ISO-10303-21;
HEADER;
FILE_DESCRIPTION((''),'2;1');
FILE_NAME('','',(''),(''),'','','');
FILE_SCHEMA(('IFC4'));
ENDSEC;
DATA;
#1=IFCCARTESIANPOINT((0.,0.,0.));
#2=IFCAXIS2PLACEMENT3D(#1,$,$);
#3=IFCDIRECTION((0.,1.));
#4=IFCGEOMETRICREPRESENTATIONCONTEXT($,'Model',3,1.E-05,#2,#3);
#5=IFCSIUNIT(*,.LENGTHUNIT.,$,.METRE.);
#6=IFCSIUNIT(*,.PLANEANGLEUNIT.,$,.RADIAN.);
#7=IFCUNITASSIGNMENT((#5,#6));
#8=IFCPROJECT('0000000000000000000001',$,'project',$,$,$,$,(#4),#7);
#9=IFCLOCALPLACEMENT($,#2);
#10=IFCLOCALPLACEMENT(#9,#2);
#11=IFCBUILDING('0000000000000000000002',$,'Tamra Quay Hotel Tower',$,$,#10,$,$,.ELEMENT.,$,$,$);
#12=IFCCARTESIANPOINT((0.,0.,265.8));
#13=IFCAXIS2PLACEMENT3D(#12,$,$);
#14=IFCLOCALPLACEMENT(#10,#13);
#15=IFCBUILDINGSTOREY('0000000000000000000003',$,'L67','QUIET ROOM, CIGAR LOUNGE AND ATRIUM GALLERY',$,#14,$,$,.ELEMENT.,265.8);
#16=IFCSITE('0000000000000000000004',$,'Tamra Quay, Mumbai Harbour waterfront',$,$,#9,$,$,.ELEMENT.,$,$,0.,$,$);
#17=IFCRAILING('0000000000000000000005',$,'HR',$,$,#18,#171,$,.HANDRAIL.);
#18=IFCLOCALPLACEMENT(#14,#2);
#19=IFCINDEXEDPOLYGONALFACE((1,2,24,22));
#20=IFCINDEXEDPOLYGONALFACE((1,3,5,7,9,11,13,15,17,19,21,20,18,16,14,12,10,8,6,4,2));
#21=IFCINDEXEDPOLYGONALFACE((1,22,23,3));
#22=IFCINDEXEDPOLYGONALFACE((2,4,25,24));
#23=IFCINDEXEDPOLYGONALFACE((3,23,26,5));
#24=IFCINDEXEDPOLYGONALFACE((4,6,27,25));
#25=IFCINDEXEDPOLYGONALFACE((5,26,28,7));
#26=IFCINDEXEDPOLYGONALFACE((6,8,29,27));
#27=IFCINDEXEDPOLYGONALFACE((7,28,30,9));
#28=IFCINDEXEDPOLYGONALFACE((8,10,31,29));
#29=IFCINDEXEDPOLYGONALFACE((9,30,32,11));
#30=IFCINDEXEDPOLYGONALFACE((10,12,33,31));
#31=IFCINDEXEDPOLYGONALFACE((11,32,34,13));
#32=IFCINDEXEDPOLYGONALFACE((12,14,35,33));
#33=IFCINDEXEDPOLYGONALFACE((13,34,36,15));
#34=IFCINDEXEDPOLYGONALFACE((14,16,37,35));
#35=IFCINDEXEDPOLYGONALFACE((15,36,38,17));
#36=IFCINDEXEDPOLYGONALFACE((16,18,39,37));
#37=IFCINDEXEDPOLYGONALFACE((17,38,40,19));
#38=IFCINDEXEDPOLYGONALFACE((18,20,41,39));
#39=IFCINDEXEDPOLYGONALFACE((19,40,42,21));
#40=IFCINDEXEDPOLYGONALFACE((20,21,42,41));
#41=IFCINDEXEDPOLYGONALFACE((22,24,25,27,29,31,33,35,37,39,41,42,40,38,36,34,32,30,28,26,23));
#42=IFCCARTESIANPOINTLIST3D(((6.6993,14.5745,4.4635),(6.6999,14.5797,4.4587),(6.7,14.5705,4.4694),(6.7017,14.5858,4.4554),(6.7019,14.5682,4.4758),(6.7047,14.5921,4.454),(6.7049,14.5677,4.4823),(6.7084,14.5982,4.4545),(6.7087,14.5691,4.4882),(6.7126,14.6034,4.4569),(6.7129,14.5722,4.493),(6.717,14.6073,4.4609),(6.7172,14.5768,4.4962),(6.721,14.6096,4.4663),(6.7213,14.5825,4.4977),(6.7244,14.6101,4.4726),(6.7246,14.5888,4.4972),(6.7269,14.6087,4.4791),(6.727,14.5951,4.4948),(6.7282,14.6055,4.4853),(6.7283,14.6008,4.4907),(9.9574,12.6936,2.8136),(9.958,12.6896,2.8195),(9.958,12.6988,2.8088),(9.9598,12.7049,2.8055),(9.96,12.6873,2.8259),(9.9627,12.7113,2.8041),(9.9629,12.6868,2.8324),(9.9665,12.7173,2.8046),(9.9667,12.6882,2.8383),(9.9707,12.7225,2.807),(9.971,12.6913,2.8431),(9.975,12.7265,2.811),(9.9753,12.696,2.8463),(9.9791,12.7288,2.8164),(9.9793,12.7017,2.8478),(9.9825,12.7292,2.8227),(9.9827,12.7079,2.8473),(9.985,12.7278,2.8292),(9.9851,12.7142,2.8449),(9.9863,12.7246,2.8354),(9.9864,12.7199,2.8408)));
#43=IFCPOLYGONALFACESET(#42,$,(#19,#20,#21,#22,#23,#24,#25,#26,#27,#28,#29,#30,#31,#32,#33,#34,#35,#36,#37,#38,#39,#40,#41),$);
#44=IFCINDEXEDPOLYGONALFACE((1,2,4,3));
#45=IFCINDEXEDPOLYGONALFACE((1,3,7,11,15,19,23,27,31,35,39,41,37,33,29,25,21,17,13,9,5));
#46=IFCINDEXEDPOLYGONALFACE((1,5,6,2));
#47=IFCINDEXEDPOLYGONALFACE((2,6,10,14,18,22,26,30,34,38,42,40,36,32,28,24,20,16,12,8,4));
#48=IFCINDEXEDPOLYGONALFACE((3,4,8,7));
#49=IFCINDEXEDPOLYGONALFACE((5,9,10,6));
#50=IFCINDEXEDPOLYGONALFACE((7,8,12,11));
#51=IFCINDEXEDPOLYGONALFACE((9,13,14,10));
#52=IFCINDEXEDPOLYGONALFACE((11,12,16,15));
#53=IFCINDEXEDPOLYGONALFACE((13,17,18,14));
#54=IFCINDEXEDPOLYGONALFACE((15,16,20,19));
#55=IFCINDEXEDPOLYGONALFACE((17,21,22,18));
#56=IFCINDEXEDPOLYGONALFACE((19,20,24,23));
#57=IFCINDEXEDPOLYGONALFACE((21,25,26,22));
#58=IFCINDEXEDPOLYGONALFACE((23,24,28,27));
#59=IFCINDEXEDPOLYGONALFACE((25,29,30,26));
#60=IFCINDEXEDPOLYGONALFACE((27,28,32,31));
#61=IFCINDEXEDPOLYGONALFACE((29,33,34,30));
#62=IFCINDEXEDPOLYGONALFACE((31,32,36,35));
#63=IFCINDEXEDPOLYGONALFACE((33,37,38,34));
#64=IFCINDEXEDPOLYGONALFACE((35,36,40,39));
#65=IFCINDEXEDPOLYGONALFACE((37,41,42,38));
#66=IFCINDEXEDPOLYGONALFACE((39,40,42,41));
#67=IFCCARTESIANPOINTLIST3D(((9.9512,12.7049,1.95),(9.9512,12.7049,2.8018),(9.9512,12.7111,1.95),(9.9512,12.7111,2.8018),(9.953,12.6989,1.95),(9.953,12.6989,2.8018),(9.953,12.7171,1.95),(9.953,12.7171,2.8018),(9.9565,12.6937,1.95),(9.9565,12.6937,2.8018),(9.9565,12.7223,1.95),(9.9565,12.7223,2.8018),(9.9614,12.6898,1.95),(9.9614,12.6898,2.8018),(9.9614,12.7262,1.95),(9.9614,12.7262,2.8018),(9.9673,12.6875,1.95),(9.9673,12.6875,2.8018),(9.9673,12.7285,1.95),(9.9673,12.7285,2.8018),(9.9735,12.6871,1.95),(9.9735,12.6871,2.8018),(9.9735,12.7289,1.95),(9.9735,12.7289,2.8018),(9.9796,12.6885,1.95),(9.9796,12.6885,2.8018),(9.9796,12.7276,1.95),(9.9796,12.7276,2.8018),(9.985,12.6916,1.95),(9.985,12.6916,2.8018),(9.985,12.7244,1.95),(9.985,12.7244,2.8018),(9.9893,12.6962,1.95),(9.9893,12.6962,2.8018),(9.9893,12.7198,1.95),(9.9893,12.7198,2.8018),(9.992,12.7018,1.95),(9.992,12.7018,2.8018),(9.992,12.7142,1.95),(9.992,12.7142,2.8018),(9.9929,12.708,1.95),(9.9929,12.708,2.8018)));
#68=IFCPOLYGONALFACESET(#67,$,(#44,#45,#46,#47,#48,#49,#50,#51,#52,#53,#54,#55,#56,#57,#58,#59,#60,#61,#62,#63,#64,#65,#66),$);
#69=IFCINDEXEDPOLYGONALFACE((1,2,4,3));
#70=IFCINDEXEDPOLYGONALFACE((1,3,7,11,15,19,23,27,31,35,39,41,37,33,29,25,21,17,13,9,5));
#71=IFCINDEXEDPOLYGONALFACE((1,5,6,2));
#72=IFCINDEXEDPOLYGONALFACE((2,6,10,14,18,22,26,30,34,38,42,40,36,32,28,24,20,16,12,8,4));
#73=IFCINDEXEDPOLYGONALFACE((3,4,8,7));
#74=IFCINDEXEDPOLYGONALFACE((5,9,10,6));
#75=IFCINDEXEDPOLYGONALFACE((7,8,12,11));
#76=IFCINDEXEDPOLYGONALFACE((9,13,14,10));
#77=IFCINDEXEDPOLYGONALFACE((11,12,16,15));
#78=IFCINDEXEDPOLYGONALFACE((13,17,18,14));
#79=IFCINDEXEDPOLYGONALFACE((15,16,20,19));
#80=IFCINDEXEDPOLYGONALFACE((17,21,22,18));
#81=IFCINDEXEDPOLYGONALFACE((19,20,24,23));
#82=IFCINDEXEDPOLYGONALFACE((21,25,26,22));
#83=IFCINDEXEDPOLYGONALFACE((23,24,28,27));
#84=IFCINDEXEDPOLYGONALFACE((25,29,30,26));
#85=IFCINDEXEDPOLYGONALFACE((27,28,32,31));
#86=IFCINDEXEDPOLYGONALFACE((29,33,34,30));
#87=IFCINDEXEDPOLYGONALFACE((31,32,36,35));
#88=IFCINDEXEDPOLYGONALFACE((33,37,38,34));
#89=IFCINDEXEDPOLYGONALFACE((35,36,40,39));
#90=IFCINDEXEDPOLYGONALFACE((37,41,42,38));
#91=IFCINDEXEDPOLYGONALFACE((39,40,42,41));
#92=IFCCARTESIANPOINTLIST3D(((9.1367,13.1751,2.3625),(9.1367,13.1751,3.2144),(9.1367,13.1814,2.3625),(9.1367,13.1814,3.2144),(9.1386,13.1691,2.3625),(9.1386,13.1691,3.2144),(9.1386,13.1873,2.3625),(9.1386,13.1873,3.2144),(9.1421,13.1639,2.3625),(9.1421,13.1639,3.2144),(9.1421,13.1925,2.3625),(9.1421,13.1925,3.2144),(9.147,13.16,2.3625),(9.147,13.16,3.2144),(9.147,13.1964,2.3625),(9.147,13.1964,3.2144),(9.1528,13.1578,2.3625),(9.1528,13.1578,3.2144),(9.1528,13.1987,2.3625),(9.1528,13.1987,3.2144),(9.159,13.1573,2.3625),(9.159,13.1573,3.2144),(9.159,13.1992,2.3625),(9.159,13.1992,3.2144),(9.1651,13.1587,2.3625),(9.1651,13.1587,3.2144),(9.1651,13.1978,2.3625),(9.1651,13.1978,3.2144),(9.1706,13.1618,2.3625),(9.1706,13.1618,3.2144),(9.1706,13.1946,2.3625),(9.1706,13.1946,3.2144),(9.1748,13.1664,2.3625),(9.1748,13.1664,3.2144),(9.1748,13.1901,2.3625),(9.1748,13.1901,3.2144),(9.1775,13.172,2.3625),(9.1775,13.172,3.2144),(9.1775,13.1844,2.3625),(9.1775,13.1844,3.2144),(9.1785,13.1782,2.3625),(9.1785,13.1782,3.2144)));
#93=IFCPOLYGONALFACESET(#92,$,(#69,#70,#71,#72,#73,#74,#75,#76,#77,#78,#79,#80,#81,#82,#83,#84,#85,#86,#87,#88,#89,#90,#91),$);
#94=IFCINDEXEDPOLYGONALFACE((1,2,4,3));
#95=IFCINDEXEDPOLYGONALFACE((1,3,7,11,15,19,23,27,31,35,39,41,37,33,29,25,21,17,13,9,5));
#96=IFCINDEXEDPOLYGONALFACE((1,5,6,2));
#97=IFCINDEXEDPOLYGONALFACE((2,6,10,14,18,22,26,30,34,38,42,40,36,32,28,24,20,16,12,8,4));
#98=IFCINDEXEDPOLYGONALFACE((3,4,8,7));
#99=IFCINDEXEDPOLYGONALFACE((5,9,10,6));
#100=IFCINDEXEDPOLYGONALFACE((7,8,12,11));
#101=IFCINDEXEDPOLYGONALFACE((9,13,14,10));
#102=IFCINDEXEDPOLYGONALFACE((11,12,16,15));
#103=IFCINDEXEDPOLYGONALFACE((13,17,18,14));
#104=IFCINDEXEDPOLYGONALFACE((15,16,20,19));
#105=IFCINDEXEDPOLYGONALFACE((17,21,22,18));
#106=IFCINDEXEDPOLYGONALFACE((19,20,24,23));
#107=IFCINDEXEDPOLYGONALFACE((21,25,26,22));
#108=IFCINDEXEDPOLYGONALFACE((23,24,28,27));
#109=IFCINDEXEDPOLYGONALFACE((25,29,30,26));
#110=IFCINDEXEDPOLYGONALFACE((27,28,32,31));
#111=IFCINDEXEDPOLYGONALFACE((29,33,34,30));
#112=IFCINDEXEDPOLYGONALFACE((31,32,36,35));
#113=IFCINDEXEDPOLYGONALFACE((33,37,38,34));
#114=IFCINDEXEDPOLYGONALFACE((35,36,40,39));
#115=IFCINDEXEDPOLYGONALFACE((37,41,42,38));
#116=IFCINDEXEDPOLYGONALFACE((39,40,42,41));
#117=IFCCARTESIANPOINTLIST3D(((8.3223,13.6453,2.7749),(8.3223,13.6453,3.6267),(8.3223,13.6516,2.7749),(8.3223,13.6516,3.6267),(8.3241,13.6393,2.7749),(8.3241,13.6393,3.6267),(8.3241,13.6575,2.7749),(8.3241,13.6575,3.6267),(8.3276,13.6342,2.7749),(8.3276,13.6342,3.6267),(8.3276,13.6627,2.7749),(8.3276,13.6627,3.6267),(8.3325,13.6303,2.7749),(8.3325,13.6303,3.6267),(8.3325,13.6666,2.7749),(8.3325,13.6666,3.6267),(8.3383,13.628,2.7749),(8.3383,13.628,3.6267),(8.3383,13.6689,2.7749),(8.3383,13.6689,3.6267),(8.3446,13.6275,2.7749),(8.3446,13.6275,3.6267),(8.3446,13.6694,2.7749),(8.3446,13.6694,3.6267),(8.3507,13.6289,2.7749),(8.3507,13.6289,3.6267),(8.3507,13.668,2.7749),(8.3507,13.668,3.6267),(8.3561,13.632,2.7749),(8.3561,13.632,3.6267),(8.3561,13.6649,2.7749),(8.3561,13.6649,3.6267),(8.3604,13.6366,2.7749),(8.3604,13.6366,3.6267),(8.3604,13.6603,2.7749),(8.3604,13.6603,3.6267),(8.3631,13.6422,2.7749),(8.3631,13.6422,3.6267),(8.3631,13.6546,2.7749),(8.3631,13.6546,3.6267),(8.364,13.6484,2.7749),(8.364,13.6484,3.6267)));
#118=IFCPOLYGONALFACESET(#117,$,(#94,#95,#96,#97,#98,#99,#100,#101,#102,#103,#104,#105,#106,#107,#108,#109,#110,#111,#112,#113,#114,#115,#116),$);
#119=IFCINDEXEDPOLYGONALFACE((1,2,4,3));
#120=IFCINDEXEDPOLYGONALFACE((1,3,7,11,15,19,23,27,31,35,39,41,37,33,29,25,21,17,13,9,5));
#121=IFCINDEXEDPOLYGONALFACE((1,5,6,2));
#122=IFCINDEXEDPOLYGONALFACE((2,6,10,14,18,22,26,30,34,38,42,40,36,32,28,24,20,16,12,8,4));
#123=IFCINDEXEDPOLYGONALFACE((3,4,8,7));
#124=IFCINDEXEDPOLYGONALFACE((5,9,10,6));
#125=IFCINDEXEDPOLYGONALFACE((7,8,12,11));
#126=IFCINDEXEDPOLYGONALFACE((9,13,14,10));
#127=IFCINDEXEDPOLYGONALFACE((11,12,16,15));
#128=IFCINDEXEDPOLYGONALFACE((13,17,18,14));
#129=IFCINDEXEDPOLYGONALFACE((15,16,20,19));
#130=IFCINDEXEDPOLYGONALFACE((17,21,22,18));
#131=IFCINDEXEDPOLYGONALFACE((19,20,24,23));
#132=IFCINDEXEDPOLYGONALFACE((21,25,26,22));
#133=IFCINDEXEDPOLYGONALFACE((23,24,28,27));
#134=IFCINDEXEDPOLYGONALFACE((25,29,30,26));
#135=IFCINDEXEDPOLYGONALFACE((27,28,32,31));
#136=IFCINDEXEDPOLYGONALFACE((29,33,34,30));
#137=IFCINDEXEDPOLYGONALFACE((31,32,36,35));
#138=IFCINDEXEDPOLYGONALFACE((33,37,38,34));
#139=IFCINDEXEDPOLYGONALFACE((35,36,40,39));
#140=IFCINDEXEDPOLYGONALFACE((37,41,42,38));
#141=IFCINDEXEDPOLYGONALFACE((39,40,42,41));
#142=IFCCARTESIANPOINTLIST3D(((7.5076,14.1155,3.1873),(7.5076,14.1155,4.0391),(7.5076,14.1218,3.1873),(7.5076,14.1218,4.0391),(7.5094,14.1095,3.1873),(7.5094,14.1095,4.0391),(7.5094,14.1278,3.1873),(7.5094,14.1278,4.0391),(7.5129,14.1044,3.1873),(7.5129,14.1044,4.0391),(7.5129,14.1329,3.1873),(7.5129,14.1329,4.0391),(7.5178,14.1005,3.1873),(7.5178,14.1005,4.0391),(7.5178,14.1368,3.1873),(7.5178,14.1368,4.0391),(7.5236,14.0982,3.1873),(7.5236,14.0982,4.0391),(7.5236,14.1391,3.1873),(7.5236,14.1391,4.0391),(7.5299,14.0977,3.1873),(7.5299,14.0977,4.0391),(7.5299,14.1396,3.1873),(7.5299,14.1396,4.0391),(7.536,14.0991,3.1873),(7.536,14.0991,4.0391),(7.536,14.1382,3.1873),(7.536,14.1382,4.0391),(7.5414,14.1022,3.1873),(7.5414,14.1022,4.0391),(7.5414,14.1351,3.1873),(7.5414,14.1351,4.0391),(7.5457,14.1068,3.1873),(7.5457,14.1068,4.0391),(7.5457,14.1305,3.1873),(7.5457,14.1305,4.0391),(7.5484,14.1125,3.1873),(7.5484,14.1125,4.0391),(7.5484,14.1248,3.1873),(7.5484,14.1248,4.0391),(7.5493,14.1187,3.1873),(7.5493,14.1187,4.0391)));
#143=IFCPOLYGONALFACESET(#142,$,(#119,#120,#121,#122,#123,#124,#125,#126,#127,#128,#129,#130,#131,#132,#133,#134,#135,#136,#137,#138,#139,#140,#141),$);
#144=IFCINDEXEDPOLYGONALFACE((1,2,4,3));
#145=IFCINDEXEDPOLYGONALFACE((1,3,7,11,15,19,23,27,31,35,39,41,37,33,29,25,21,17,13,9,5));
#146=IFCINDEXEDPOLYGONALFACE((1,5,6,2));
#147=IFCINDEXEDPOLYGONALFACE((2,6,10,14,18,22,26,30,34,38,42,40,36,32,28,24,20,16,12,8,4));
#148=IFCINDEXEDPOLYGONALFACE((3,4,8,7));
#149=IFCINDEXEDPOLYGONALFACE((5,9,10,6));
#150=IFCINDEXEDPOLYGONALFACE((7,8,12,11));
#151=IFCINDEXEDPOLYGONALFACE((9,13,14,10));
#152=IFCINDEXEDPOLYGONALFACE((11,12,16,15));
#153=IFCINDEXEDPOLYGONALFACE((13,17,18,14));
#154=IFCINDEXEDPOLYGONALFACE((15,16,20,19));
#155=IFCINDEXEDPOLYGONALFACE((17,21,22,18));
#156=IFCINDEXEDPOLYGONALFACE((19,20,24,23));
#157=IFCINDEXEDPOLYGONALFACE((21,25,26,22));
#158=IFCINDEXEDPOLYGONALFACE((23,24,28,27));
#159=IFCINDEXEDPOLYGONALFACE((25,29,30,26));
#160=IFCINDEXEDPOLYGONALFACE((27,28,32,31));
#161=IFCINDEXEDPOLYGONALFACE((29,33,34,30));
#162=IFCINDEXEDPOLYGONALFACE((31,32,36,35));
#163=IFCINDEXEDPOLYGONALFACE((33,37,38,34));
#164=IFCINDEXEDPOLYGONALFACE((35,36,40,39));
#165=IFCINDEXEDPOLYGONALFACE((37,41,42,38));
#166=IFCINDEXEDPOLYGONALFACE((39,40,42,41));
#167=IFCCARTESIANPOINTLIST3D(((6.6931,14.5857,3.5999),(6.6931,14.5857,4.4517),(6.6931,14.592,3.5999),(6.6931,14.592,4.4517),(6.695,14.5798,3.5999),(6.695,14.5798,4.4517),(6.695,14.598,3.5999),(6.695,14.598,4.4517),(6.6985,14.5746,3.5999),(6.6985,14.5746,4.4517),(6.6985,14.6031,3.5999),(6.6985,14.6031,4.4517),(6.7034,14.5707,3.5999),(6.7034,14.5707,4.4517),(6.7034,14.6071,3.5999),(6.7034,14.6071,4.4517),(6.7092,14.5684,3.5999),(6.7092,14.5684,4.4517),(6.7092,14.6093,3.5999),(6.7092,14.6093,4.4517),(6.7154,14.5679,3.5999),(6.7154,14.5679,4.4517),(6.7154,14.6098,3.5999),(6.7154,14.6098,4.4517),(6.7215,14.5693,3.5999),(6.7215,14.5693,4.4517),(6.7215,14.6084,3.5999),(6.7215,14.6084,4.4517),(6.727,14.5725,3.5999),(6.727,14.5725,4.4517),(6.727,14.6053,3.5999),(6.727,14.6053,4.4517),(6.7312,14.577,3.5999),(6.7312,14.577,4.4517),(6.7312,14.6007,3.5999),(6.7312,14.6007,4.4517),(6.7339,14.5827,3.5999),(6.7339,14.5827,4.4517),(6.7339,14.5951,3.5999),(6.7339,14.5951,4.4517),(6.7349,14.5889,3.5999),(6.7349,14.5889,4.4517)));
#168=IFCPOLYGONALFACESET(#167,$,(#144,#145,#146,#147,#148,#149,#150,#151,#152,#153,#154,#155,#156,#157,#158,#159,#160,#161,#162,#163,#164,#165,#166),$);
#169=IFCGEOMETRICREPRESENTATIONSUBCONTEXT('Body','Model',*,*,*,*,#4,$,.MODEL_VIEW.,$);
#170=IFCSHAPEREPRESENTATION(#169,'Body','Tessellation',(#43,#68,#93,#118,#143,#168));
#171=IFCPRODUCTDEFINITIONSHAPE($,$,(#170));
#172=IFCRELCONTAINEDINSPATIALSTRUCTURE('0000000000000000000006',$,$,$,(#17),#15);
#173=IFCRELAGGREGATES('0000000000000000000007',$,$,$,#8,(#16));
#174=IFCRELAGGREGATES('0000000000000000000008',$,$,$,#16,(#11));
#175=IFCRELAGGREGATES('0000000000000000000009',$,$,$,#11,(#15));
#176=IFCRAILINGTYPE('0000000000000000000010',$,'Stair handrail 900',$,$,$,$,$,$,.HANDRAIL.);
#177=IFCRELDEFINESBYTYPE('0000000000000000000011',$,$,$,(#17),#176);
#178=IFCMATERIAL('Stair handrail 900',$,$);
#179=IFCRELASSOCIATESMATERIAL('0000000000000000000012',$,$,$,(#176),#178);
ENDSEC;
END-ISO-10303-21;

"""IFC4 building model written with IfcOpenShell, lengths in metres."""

from ifc_helpers import new_model, si_unit, direction, frame, origin, origin_2d, place, context, subcontext, project, spatial, circle, extrude, material, type_object, element, save


model = new_model("IFC4")

# Units and contexts
model_context = context("Model", 3, precision=1e-05, world=origin(), true_north=direction((0.0, 1.0)))
body_context = subcontext(model_context, "Body", "Model", "MODEL_VIEW")
ifc_project = project(units=[si_unit("LENGTHUNIT", "METRE"), si_unit("PLANEANGLEUNIT", "RADIAN")], contexts=[model_context])

# Site, building, storey
site_placement = place(None, origin())
site = spatial("IfcSite", under=ifc_project, at=site_placement, Name="Tamra Quay, Mumbai Harbour waterfront", CompositionType="ELEMENT", RefElevation=0.0)
building_placement = place(site_placement, origin())
building = spatial("IfcBuilding", under=site, at=building_placement, Name="Tamra Quay Hotel Tower", CompositionType="ELEMENT")
storey_placement = place(building_placement, frame((0.0, 0.0, 265.8)))
storey = spatial("IfcBuildingStorey", under=building, at=storey_placement, Name="L67", Description="QUIET ROOM, CIGAR LOUNGE AND ATRIUM GALLERY", CompositionType="ELEMENT", Elevation=265.8)

# Railing
ifc_material_1 = material(Name="Stair handrail 900")
railing_type_1 = type_object("IfcRailingType", Name="Stair handrail 900", PredefinedType="HANDRAIL", material=ifc_material_1)
railing_1_placement = place(storey_placement, frame((9.9719, 12.708, 1.95)))
element("IfcRailing", 1, at=railing_1_placement, inside=storey, type_object=railing_type_1, Name="HR", PredefinedType="HANDRAIL", context=body_context, shape_type="SweptSolid", body=[
    extrude(circle(Radius=0.0239, at=origin_2d()), frame((0.0, 0.0, 0.876), z_axis=(-0.793122, 0.457865, 0.401642), x_axis=(-0.499964, -0.866046, 0.0)), (0.0, 0.0, 1.0), 4.1079),
    extrude(circle(Radius=0.021, at=origin_2d()), origin(), (0.0, 0.0, 1.0), 0.8518),
    extrude(circle(Radius=0.021, at=origin_2d()), frame((-0.8145, 0.4702, 0.4126)), (0.0, 0.0, 1.0), 0.8518),
    extrude(circle(Radius=0.021, at=origin_2d()), frame((-1.6289, 0.9404, 0.825)), (0.0, 0.0, 1.0), 0.8518),
    extrude(circle(Radius=0.021, at=origin_2d()), frame((-2.4436, 1.4106, 1.2373)), (0.0, 0.0, 1.0), 0.8518),
    extrude(circle(Radius=0.021, at=origin_2d()), frame((-3.2581, 1.8809, 1.6499)), (0.0, 0.0, 1.0), 0.8518),
])

save(model, "model.ifc")
